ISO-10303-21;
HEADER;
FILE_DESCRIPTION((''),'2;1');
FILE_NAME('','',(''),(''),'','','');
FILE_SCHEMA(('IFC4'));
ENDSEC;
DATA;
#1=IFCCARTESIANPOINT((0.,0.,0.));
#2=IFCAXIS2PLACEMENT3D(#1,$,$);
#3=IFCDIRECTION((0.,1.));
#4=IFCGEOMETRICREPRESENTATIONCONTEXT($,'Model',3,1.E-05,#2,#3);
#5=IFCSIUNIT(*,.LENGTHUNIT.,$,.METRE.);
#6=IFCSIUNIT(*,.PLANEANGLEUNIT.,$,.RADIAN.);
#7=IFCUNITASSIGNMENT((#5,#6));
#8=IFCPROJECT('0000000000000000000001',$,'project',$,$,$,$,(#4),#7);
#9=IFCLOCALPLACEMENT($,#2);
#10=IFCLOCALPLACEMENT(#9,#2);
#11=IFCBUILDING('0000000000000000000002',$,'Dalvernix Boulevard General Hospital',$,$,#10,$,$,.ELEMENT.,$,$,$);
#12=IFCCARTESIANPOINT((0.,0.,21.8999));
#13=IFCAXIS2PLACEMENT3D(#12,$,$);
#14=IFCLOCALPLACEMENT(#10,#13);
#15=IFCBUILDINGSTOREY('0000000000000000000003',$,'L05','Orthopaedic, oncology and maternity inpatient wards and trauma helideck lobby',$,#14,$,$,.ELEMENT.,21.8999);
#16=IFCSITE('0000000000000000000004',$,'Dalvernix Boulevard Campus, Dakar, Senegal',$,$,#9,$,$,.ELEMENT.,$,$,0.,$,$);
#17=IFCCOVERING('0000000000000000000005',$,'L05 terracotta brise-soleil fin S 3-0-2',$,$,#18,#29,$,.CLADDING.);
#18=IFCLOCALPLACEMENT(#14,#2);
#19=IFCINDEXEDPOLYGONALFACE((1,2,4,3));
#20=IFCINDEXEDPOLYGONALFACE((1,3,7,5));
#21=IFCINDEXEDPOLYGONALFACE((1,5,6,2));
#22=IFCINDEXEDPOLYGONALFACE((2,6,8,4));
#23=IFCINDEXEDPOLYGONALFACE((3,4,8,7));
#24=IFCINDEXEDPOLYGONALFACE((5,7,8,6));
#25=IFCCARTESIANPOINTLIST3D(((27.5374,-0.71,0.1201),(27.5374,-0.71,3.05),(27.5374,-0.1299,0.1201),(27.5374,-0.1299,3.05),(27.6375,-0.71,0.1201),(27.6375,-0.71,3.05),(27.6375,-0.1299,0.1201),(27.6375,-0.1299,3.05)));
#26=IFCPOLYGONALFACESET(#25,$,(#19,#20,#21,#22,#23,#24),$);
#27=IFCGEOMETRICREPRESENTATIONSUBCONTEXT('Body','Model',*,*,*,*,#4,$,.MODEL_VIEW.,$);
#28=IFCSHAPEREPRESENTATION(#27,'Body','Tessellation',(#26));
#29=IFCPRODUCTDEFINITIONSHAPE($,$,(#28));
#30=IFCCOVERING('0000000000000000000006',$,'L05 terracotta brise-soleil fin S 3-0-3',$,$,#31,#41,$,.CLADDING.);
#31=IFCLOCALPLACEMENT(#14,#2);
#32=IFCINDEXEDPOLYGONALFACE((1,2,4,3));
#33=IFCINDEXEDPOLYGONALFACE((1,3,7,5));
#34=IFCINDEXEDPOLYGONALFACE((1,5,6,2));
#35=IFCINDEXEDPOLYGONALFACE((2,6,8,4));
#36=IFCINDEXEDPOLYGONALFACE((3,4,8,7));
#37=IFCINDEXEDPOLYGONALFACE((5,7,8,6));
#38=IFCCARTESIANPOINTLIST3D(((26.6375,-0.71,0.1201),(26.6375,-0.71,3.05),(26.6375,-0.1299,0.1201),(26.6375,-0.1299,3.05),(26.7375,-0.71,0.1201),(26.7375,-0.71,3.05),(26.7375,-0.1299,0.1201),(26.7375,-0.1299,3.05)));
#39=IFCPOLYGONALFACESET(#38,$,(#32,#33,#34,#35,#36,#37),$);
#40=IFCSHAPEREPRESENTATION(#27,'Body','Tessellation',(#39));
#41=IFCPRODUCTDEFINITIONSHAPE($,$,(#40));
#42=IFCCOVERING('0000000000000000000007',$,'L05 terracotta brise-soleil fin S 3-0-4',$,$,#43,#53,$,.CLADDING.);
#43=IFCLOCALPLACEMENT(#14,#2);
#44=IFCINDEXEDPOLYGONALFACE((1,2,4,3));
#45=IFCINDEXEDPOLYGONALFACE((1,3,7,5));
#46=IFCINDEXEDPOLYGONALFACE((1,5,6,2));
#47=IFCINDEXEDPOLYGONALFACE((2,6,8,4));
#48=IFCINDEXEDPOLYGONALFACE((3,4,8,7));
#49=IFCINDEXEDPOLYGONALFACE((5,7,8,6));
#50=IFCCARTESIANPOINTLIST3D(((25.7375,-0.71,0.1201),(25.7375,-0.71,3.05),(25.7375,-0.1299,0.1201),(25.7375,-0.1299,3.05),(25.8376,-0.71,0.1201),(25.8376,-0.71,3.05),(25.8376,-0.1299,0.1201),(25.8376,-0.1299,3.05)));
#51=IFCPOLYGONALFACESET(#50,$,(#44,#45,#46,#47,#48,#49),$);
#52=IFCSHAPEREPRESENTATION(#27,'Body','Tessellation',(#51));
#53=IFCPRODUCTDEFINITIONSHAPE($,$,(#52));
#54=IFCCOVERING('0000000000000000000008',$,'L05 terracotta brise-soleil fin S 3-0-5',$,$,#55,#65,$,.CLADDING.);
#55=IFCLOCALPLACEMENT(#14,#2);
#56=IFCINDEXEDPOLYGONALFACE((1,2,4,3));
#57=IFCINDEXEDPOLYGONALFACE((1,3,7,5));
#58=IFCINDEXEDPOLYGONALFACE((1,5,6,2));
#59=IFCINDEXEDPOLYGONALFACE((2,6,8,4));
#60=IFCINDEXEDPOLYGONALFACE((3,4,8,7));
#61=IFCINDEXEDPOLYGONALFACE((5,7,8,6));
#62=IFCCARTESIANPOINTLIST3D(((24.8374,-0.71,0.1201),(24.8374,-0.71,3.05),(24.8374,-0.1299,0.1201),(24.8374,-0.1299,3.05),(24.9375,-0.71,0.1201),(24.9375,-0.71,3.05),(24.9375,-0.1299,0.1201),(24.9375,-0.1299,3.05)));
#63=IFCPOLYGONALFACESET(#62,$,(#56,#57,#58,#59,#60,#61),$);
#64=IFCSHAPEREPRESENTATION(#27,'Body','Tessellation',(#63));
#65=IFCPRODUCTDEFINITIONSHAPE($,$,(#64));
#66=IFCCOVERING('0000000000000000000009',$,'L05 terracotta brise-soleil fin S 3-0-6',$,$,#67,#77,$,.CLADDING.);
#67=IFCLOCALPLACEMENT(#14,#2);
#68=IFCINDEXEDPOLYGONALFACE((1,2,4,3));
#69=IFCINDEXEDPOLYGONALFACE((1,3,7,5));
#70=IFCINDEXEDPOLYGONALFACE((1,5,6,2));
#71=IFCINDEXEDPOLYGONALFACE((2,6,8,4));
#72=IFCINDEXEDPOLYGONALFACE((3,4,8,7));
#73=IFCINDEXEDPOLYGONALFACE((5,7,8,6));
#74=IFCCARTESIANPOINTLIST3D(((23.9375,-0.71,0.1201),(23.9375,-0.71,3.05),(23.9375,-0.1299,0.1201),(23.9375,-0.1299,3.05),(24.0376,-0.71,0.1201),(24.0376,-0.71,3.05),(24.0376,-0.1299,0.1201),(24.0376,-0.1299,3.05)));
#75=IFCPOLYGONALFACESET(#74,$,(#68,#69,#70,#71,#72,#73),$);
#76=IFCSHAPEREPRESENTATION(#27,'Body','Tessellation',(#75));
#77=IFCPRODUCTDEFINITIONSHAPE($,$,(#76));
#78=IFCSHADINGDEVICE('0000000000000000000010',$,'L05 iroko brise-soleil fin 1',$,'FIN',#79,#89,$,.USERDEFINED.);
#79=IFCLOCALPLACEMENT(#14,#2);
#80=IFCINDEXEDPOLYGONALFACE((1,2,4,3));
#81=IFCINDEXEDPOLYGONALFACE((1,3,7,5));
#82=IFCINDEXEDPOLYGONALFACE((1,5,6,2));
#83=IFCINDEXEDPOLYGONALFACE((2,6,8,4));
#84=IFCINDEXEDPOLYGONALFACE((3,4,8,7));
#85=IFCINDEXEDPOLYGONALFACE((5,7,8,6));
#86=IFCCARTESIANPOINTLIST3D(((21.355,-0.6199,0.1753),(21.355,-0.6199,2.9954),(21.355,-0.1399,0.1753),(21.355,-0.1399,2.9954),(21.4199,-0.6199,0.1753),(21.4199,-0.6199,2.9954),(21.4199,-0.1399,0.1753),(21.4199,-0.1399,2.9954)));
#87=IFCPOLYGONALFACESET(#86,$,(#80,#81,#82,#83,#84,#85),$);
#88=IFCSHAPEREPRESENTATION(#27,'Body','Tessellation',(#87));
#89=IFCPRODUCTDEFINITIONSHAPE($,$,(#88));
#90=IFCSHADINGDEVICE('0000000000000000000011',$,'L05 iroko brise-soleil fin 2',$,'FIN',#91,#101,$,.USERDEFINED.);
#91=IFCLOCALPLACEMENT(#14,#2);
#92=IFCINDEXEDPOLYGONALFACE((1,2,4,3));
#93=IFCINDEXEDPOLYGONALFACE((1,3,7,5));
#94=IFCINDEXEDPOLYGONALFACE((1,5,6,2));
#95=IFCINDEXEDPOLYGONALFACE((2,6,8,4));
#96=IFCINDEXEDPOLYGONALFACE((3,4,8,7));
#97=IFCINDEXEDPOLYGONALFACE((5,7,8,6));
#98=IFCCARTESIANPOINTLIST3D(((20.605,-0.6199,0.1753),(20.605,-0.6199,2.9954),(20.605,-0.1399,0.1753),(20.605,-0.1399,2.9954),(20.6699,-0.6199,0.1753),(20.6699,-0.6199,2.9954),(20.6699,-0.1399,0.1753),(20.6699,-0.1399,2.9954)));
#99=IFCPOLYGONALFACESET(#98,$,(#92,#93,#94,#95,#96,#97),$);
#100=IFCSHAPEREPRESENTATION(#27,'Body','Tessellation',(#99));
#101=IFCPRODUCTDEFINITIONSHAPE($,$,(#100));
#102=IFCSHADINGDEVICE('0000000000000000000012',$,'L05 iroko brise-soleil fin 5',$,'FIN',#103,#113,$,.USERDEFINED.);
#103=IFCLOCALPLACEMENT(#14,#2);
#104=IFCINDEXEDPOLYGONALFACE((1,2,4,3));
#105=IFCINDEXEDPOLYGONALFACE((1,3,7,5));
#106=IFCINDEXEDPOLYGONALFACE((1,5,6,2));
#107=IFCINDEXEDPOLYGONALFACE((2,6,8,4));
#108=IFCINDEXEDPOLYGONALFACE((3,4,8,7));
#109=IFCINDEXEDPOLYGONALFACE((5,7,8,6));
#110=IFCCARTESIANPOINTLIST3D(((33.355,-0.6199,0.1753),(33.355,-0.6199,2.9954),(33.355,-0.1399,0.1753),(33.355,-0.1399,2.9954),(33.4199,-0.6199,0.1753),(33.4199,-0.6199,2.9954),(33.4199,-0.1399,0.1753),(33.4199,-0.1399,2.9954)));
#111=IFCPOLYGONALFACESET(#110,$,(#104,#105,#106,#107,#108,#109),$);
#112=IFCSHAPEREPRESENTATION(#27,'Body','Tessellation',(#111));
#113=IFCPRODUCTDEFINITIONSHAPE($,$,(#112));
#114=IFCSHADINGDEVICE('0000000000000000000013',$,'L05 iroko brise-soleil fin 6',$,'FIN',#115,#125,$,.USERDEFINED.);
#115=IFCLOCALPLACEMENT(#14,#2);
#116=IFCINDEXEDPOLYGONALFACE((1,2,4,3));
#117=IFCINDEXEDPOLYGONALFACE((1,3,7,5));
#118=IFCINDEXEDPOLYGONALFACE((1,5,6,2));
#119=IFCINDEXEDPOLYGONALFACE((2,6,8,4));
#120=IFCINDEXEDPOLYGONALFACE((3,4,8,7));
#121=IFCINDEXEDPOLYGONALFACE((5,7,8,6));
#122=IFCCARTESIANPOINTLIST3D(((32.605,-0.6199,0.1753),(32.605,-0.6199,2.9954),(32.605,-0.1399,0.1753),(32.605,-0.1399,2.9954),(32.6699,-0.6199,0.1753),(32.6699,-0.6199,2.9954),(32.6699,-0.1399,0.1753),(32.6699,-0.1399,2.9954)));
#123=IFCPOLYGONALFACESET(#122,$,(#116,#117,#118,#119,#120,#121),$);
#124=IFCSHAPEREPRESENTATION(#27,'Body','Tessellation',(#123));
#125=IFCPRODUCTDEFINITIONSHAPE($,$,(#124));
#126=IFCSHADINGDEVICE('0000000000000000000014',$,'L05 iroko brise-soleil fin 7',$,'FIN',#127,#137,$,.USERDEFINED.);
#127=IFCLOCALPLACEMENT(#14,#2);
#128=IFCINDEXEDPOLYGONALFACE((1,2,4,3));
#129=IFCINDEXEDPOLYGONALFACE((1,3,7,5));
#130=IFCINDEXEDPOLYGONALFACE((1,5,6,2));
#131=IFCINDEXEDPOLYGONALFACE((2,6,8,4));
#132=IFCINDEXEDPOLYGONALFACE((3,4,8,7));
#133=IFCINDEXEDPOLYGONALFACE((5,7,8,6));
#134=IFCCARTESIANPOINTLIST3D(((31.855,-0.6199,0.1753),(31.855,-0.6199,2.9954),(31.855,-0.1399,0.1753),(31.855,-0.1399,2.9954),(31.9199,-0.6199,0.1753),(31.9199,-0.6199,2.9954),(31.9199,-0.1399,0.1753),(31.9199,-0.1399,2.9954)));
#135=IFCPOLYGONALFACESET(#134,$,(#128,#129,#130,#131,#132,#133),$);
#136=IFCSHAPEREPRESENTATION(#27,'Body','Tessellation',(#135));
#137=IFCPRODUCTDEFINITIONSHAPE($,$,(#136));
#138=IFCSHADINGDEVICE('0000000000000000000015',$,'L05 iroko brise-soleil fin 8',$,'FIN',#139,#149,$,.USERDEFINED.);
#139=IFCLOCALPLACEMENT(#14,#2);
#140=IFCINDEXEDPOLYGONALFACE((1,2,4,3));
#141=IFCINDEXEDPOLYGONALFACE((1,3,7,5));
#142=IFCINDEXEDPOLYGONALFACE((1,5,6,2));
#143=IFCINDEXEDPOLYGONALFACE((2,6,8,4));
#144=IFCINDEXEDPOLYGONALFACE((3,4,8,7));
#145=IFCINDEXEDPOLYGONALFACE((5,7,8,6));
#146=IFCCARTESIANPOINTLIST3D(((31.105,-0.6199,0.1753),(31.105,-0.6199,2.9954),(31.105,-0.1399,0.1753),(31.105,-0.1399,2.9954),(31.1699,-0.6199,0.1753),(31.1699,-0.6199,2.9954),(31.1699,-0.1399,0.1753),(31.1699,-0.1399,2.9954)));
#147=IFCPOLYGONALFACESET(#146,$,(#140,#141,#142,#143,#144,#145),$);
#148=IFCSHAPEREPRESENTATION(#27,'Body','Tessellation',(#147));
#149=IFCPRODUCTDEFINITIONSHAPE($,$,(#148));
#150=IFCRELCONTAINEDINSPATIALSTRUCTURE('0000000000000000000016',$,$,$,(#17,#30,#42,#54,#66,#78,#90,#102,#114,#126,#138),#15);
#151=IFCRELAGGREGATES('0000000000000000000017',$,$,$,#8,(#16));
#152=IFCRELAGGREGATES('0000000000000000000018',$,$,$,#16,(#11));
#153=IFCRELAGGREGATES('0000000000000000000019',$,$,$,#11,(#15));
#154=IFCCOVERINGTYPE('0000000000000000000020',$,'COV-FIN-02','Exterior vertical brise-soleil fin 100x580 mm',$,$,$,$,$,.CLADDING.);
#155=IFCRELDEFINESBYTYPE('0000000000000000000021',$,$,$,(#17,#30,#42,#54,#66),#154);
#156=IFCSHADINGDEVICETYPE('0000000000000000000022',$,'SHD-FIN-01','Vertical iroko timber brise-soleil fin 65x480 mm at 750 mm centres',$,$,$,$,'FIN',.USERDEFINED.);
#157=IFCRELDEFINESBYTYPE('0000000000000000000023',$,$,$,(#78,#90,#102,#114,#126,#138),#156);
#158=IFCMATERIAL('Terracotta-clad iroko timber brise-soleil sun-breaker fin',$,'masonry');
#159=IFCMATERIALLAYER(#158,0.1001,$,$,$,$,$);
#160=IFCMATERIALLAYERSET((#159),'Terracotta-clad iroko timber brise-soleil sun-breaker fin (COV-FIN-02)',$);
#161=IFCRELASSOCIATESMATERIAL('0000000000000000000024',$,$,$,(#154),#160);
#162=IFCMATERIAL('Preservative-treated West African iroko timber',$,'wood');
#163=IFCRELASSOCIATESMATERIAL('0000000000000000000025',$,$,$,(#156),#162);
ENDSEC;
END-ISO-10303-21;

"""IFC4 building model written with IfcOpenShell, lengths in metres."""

from ifc_helpers import new_model, si_unit, direction, frame, origin, origin_2d, place, context, subcontext, project, spatial, rectangle, extrude, material, layer, layer_set, type_object, element, save


model = new_model("IFC4")

# Units and contexts
model_context = context("Model", 3, precision=1e-05, world=origin(), true_north=direction((0.0, 1.0)))
body_context = subcontext(model_context, "Body", "Model", "MODEL_VIEW")
ifc_project = project(units=[si_unit("LENGTHUNIT", "METRE"), si_unit("PLANEANGLEUNIT", "RADIAN")], contexts=[model_context])

# Site, building, storey
site_placement = place(None, origin())
site = spatial("IfcSite", under=ifc_project, at=site_placement, Name="Dalvernix Boulevard Campus, Dakar, Senegal", CompositionType="ELEMENT", RefElevation=0.0)
building_placement = place(site_placement, origin())
building = spatial("IfcBuilding", under=site, at=building_placement, Name="Dalvernix Boulevard General Hospital", CompositionType="ELEMENT")
storey_placement = place(building_placement, frame((0.0, 0.0, 21.8999)))
storey = spatial("IfcBuildingStorey", under=building, at=storey_placement, Name="L05", Description="Orthopaedic, oncology and maternity inpatient wards and trauma helideck lobby", CompositionType="ELEMENT", Elevation=21.8999)

# Coverings
ifc_material_1 = material(Name="Terracotta-clad iroko timber brise-soleil sun-breaker fin", Category="masonry")
ifc_layer_1 = layer(ifc_material_1, 0.1001)
ifc_layer_set_1 = layer_set([ifc_layer_1], Name="Terracotta-clad iroko timber brise-soleil sun-breaker fin (COV-FIN-02)")
covering_type_1 = type_object("IfcCoveringType", Name="COV-FIN-02", Description="Exterior vertical brise-soleil fin 100x580 mm", PredefinedType="CLADDING", material=ifc_layer_set_1)
for number, where, z_axis, x_axis, name in (
    (1, (27.5874, -0.4199, 0.1201), (0.0, 0.0, 1.0), (-1.0, 0.0, 0.0), "L05 terracotta brise-soleil fin S 3-0-2"),
    (2, (26.6875, -0.4199, 0.1201), (0.0, 0.0, 1.0), (-1.0, 0.0, 0.0), "L05 terracotta brise-soleil fin S 3-0-3"),
    (3, (25.7876, -0.4199, 0.1201), (0.0, 0.0, 1.0), (-1.0, 0.0, 0.0), "L05 terracotta brise-soleil fin S 3-0-4"),
    (4, (24.8875, -0.4199, 0.1201), (0.0, 0.0, 1.0), (-1.0, 0.0, 0.0), "L05 terracotta brise-soleil fin S 3-0-5"),
    (5, (23.9875, -0.4199, 0.1201), (0.0, 0.0, 1.0), (-1.0, 0.0, 0.0), "L05 terracotta brise-soleil fin S 3-0-6"),
):
    element("IfcCovering", number, at=place(storey_placement, frame(where, z_axis=z_axis, x_axis=x_axis)), inside=storey, type_object=covering_type_1, Name=name, PredefinedType="CLADDING", context=body_context, shape_type="SweptSolid", body=[
        extrude(rectangle(XDim=0.1001, YDim=0.5801, at=origin_2d()), origin(), (0.0, 0.0, 1.0), 2.9299),
    ])

# Shading devices
ifc_material_2 = material(Name="Preservative-treated West African iroko timber", Category="wood")
shading_device_type = type_object("IfcShadingDeviceType", Name="SHD-FIN-01", Description="Vertical iroko timber brise-soleil fin 65x480 mm at 750 mm centres", ElementType="FIN", PredefinedType="USERDEFINED", material=ifc_material_2)
for number, where, z_axis, x_axis, name in (
    (6, (21.3875, -0.3799, 0.1753), (0.0, 0.0, 1.0), (-1.0, 0.0, 0.0), "L05 iroko brise-soleil fin 1"),
    (7, (20.6375, -0.3799, 0.1753), (0.0, 0.0, 1.0), (-1.0, 0.0, 0.0), "L05 iroko brise-soleil fin 2"),
    (8, (33.3875, -0.3799, 0.1753), (0.0, 0.0, 1.0), (-1.0, 0.0, 0.0), "L05 iroko brise-soleil fin 5"),
    (9, (32.6375, -0.3799, 0.1753), (0.0, 0.0, 1.0), (-1.0, 0.0, 0.0), "L05 iroko brise-soleil fin 6"),
    (10, (31.8875, -0.3799, 0.1753), (0.0, 0.0, 1.0), (-1.0, 0.0, 0.0), "L05 iroko brise-soleil fin 7"),
    (11, (31.1375, -0.3799, 0.1753), (0.0, 0.0, 1.0), (-1.0, 0.0, 0.0), "L05 iroko brise-soleil fin 8"),
):
    element("IfcShadingDevice", number, at=place(storey_placement, frame(where, z_axis=z_axis, x_axis=x_axis)), inside=storey, type_object=shading_device_type, Name=name, ObjectType="FIN", PredefinedType="USERDEFINED", context=body_context, shape_type="SweptSolid", body=[
        extrude(rectangle(XDim=0.0649, YDim=0.48, at=origin_2d()), origin(), (0.0, 0.0, 1.0), 2.8201),
    ])

save(model, "model.ifc")
